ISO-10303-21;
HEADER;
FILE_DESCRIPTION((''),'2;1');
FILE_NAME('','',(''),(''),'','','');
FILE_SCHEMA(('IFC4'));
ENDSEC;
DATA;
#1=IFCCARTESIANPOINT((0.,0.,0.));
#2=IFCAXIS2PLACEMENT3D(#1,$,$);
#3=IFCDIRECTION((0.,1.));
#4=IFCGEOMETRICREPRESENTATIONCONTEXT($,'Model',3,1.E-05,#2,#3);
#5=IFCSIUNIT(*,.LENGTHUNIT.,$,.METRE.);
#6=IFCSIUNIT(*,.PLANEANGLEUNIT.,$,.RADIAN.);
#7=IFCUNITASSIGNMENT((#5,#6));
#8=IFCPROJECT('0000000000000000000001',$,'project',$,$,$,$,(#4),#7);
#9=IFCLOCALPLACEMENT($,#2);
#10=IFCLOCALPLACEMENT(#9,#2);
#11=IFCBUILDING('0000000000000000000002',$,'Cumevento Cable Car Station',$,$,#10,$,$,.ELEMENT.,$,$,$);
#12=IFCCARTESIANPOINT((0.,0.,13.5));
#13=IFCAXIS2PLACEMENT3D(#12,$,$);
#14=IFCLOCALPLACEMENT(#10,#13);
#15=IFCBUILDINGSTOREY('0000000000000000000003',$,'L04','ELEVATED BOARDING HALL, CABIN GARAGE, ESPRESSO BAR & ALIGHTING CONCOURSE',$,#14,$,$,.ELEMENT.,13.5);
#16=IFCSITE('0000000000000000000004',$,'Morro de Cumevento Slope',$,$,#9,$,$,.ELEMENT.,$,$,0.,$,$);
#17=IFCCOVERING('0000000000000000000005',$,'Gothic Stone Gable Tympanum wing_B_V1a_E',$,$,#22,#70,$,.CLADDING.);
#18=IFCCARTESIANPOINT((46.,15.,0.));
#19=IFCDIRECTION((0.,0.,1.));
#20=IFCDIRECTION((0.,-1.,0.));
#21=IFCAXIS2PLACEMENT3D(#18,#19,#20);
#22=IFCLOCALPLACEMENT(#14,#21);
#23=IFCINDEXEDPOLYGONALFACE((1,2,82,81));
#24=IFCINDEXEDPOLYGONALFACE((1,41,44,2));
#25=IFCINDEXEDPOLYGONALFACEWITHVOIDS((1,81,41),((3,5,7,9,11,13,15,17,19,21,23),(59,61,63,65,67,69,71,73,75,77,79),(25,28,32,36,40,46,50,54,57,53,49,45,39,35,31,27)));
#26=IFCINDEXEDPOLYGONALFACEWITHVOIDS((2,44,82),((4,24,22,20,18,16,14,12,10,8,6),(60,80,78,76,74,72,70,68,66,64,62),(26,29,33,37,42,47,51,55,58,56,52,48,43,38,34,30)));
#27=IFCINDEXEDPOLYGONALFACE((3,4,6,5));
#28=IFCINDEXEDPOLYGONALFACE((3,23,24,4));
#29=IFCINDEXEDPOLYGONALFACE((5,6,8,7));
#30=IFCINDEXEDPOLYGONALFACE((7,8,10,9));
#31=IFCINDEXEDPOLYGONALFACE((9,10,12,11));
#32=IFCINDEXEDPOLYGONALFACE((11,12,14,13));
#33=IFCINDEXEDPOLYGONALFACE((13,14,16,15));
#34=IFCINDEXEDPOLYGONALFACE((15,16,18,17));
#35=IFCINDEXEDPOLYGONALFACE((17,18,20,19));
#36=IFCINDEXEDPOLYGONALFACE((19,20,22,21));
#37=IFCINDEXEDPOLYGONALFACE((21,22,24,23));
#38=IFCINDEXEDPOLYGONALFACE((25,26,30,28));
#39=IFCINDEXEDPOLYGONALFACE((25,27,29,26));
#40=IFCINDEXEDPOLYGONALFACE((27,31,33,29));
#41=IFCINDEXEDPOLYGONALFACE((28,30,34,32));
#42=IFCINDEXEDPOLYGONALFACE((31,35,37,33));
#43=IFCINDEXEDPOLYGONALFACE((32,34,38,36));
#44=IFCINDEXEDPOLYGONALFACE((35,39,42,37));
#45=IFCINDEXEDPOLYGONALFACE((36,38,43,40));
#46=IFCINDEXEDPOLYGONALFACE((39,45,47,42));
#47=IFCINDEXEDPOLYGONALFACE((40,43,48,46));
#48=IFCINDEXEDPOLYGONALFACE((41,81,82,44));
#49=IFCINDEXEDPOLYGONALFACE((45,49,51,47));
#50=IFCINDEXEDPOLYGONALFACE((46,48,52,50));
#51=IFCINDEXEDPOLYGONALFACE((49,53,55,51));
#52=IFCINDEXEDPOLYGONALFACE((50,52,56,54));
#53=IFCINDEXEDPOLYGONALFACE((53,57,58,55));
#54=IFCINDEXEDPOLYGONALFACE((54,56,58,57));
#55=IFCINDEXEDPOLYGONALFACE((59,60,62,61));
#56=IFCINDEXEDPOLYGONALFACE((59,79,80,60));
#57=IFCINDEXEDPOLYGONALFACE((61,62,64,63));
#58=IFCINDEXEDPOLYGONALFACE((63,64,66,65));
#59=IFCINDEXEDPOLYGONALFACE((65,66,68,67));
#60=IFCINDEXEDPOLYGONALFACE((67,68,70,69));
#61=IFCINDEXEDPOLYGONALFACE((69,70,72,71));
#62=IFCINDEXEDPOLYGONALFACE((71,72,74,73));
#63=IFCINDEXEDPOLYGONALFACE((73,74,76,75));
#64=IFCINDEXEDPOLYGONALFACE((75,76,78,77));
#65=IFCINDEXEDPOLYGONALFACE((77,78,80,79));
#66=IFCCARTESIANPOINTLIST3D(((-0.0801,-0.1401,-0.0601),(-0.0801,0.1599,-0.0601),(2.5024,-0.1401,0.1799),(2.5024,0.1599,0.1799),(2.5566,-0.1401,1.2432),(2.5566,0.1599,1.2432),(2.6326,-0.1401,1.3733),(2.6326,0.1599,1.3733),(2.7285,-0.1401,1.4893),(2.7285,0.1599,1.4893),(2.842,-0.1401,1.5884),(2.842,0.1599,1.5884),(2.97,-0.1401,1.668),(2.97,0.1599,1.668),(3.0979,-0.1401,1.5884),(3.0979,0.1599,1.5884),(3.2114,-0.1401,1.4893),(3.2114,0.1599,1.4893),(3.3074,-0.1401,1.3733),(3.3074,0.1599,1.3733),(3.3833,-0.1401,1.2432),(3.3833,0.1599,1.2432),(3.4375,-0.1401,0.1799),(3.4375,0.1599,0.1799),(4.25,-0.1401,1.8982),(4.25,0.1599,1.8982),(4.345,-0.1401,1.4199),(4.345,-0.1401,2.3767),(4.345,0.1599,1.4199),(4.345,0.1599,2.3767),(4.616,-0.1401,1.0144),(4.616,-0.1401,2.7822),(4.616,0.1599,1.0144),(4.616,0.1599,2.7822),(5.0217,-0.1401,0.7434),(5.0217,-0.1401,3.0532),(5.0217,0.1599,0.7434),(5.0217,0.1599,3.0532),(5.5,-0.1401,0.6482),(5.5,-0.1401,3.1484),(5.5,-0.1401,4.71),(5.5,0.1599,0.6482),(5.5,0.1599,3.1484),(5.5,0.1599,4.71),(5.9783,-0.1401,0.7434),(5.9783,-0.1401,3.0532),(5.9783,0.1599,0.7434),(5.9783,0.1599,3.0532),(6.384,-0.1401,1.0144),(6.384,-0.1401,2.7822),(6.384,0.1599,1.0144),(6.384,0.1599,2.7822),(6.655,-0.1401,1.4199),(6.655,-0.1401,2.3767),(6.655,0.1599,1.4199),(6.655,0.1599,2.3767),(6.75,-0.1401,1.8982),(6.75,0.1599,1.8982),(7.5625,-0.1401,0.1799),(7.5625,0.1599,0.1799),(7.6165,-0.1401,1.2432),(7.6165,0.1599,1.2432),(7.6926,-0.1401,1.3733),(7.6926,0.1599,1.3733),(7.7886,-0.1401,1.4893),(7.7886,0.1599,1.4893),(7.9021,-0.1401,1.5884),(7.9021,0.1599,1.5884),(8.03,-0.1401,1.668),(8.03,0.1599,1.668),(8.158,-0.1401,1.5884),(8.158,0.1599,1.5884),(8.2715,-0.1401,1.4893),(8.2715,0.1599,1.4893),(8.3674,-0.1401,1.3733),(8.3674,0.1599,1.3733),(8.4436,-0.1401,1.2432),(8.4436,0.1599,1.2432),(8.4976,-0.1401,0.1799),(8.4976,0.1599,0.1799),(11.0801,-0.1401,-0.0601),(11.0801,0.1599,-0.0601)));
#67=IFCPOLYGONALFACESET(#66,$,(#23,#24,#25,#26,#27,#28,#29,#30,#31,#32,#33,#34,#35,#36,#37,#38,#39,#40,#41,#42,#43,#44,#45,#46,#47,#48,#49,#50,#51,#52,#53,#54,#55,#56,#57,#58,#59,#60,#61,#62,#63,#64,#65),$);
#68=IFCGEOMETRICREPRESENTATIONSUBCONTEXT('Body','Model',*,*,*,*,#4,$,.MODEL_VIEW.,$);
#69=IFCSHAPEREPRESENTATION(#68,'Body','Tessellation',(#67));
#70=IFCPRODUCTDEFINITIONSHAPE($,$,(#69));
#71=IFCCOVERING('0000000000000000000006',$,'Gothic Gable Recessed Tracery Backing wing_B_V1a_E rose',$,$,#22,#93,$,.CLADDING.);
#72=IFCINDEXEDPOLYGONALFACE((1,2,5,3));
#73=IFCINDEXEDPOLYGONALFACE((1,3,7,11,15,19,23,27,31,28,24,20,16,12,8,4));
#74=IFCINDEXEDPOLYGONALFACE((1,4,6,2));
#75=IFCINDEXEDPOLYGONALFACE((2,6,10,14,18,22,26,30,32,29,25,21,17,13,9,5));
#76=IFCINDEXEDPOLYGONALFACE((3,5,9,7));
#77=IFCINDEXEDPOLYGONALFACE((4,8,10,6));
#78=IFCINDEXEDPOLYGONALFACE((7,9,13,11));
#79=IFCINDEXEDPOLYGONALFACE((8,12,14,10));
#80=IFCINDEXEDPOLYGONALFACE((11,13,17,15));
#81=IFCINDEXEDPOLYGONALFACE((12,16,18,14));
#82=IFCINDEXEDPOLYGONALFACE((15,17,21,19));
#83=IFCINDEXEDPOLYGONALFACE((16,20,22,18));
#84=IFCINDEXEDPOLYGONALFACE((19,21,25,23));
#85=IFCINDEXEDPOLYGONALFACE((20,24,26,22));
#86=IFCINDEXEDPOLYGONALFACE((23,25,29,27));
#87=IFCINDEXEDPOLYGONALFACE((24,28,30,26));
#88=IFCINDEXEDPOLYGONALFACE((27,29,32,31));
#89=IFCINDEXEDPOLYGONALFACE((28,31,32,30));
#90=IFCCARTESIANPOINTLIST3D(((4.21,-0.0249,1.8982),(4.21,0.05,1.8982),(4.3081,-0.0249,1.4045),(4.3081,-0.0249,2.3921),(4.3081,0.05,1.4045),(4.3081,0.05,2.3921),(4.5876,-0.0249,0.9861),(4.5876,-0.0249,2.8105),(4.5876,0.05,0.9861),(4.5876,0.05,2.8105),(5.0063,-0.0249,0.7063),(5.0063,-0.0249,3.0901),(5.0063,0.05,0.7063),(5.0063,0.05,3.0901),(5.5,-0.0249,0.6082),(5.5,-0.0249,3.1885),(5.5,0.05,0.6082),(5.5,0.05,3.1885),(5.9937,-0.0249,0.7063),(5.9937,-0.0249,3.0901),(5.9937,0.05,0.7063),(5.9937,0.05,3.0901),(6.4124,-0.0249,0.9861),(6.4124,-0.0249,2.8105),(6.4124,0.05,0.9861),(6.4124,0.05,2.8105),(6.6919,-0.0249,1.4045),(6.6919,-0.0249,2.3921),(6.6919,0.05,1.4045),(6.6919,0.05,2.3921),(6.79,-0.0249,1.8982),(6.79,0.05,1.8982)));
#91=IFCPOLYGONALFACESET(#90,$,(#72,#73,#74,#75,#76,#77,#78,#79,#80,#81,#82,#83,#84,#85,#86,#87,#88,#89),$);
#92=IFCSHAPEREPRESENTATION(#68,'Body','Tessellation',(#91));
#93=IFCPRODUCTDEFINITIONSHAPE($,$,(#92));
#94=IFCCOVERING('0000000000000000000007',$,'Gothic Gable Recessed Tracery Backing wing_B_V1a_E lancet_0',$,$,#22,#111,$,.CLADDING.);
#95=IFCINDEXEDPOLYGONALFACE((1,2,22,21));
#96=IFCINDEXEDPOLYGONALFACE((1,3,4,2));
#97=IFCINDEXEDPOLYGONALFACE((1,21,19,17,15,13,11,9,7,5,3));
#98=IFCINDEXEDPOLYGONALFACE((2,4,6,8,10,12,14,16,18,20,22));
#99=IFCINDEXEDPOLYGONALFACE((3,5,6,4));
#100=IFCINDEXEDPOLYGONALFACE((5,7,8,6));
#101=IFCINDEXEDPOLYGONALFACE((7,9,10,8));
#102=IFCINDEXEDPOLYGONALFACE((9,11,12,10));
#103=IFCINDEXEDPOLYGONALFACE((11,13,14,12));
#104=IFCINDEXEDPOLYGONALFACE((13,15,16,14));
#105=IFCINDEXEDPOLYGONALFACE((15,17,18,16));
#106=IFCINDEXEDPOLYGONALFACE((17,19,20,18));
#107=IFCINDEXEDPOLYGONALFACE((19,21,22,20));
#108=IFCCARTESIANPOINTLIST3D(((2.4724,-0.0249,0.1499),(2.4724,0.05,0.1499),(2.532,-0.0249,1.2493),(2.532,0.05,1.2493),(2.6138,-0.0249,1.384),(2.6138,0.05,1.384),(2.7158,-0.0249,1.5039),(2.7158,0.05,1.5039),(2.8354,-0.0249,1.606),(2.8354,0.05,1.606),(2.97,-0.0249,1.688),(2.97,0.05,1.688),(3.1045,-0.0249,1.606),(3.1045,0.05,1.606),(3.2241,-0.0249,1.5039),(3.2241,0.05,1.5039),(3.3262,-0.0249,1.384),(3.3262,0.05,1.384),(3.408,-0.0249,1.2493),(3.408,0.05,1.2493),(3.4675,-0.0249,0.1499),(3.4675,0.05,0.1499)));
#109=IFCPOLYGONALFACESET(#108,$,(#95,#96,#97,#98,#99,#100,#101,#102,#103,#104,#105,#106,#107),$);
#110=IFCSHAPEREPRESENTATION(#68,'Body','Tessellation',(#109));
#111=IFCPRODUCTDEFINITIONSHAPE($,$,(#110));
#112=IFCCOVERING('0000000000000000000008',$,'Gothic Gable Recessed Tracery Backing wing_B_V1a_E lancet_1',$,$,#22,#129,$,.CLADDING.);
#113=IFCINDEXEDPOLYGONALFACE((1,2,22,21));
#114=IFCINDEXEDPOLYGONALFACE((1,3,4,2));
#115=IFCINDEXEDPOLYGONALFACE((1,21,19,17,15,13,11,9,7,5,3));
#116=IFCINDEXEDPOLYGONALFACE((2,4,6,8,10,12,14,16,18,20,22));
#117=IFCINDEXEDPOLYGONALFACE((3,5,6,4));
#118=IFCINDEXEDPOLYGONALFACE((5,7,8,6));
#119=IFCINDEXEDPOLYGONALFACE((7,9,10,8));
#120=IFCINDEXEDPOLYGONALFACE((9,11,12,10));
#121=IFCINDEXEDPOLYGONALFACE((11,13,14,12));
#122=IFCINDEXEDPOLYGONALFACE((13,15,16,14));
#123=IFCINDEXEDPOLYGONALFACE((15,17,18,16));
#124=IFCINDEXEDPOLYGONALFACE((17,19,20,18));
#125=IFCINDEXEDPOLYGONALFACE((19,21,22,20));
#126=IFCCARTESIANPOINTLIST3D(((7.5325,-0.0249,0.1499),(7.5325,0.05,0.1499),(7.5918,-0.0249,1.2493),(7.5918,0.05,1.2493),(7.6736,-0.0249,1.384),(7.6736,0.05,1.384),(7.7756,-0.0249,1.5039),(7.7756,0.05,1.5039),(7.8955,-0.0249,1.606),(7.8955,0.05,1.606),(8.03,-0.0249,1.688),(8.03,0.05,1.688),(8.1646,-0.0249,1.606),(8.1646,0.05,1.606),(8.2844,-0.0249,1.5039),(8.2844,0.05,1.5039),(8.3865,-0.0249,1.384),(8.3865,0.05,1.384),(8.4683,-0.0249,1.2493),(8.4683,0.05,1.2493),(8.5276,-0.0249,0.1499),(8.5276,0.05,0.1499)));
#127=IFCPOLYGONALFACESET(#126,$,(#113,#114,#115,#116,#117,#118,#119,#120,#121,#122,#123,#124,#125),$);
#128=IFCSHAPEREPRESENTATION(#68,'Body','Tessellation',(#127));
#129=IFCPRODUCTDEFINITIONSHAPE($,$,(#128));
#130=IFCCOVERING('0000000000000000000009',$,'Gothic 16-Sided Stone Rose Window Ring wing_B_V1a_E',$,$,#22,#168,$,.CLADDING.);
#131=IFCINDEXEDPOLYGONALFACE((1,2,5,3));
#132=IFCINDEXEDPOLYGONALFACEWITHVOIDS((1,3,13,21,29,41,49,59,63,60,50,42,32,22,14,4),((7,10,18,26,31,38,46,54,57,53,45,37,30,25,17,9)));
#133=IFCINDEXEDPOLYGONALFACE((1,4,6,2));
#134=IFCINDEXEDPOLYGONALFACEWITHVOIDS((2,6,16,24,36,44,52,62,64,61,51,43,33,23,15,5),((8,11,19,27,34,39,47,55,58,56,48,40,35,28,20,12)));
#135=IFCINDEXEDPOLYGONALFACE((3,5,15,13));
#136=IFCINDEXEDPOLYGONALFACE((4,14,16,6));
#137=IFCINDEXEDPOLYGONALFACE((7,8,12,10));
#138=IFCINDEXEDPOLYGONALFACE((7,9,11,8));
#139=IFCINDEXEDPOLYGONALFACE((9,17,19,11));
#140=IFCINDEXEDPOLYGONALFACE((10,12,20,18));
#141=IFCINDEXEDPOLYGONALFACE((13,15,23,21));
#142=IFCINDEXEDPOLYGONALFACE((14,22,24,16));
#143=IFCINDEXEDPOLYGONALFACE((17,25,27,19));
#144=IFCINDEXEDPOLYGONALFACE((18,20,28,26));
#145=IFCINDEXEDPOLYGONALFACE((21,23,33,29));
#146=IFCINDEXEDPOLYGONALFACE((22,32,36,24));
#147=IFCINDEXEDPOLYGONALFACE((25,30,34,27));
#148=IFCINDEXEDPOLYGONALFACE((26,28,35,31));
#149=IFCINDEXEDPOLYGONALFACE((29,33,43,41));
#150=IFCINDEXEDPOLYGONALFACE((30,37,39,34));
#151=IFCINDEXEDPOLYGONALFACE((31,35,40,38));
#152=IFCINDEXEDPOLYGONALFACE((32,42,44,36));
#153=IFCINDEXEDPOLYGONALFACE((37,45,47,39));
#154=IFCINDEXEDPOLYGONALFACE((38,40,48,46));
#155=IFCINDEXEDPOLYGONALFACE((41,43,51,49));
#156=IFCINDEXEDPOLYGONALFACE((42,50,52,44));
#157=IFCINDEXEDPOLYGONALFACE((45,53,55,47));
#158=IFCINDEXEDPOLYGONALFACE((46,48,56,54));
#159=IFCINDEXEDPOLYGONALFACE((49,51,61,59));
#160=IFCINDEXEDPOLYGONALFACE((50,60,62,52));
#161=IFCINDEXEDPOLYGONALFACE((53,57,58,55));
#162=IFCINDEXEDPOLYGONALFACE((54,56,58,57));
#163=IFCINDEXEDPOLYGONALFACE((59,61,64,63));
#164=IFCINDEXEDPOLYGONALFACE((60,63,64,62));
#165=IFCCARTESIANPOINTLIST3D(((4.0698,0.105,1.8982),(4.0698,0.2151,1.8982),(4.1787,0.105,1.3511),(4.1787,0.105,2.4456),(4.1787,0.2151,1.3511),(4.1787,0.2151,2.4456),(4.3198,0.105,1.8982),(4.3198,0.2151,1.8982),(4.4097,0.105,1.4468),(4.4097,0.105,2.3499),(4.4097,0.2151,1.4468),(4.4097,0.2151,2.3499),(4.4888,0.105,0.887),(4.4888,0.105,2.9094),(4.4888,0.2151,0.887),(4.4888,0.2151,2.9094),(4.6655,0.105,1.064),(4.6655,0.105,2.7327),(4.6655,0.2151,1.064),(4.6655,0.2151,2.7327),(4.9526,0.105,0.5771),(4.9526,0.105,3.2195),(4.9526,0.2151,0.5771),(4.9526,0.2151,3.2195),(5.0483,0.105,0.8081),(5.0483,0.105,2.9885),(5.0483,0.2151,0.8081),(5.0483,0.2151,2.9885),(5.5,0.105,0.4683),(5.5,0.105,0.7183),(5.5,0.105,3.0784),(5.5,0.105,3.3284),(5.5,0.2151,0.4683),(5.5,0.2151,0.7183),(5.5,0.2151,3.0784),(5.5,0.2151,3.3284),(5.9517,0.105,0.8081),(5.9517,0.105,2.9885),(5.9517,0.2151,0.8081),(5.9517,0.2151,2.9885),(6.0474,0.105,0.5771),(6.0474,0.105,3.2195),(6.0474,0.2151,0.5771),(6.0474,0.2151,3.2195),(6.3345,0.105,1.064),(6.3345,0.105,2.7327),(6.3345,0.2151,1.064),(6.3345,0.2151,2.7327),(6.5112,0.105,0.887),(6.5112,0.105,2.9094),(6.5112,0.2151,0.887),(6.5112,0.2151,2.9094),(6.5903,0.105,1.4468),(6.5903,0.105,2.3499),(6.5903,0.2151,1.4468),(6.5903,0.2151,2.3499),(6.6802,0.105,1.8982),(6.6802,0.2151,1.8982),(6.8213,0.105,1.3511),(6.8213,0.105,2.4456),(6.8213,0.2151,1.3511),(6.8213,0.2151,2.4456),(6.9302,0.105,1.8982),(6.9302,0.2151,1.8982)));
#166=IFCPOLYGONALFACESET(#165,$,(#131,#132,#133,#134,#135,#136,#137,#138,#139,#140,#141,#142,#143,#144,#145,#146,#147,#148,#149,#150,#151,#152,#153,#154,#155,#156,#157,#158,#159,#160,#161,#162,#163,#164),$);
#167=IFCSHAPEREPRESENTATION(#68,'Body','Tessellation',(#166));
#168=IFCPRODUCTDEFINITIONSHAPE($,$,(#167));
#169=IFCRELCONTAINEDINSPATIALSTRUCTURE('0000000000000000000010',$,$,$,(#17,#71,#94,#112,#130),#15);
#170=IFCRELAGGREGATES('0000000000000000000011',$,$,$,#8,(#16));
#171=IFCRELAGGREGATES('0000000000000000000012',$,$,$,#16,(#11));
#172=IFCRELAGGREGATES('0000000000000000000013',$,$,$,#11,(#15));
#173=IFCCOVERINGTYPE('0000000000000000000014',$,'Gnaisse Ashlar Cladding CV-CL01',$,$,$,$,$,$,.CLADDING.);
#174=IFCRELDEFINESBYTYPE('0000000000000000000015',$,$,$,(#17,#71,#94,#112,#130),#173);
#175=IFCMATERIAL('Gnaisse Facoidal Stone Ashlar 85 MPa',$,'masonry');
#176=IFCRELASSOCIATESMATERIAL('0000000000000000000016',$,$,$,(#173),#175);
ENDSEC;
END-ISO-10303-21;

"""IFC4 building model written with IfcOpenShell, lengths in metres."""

from ifc_helpers import new_model, si_unit, direction, frame, origin, place, context, subcontext, project, spatial, polyline, outline, extrude, material, type_object, element, save


model = new_model("IFC4")

# Units and contexts
model_context = context("Model", 3, precision=1e-05, world=origin(), true_north=direction((0.0, 1.0)))
body_context = subcontext(model_context, "Body", "Model", "MODEL_VIEW")
ifc_project = project(units=[si_unit("LENGTHUNIT", "METRE"), si_unit("PLANEANGLEUNIT", "RADIAN")], contexts=[model_context])

# Site, building, storey
site_placement = place(None, origin())
site = spatial("IfcSite", under=ifc_project, at=site_placement, Name="Morro de Cumevento Slope", CompositionType="ELEMENT", RefElevation=0.0)
building_placement = place(site_placement, origin())
building = spatial("IfcBuilding", under=site, at=building_placement, Name="Cumevento Cable Car Station", CompositionType="ELEMENT")
storey_placement = place(building_placement, frame((0.0, 0.0, 13.5)))
storey = spatial("IfcBuildingStorey", under=building, at=storey_placement, Name="L04", Description="ELEVATED BOARDING HALL, CABIN GARAGE, ESPRESSO BAR & ALIGHTING CONCOURSE", CompositionType="ELEMENT", Elevation=13.5)

# Coverings
ifc_material_1 = material(Name="Gnaisse Facoidal Stone Ashlar 85 MPa", Category="masonry")
covering_type = type_object("IfcCoveringType", Name="Gnaisse Ashlar Cladding CV-CL01", PredefinedType="CLADDING", material=ifc_material_1)
placement = place(storey_placement, frame((46.0, 15.0, 0.0), z_axis=(0.0, 0.0, 1.0), x_axis=(0.0, -1.0, 0.0)))
element("IfcCovering", 1, at=placement, inside=storey, type_object=covering_type, Name="Gothic Stone Gable Tympanum wing_B_V1a_E", PredefinedType="CLADDING", context=body_context, shape_type="SweptSolid", body=[
    extrude(outline(polyline([(-0.0801, -0.0601), (11.0801, -0.0601), (5.5, 4.71), (-0.0801, -0.0601)]), holes=[polyline([(6.75, 1.8982), (6.655, 2.3767), (6.384, 2.7822), (5.9783, 3.0532), (5.5, 3.1484), (5.0217, 3.0532), (4.616, 2.7822), (4.345, 2.3767), (4.25, 1.8982), (4.345, 1.4199), (4.616, 1.0144), (5.0217, 0.7434), (5.5, 0.6482), (5.9783, 0.7434), (6.384, 1.0144), (6.655, 1.4199), (6.75, 1.8982)]), polyline([(2.5024, 0.1799), (3.4375, 0.1799), (3.3833, 1.2432), (3.3074, 1.3733), (3.2114, 1.4893), (3.0979, 1.5884), (2.97, 1.668), (2.842, 1.5884), (2.7285, 1.4893), (2.6326, 1.3733), (2.5566, 1.2432), (2.5024, 0.1799)]), polyline([(7.5625, 0.1799), (8.4976, 0.1799), (8.4436, 1.2432), (8.3674, 1.3733), (8.2715, 1.4893), (8.158, 1.5884), (8.03, 1.668), (7.9021, 1.5884), (7.7886, 1.4893), (7.6926, 1.3733), (7.6165, 1.2432), (7.5625, 0.1799)])]), frame((0.0, 0.1599, 0.0), z_axis=(0.0, -1.0, 0.0), x_axis=(1.0, 0.0, 0.0)), (0.0, 0.0, 1.0), 0.3),
])
element("IfcCovering", 2, at=placement, inside=storey, type_object=covering_type, Name="Gothic Gable Recessed Tracery Backing wing_B_V1a_E rose", PredefinedType="CLADDING", context=body_context, shape_type="SweptSolid", body=[
    extrude(outline(polyline([(6.79, 1.8982), (6.6919, 2.3921), (6.4124, 2.8105), (5.9937, 3.0901), (5.5, 3.1885), (5.0063, 3.0901), (4.5876, 2.8105), (4.3081, 2.3921), (4.21, 1.8982), (4.3081, 1.4045), (4.5876, 0.9861), (5.0063, 0.7063), (5.5, 0.6082), (5.9937, 0.7063), (6.4124, 0.9861), (6.6919, 1.4045), (6.79, 1.8982)])), frame((0.0, 0.05, 0.0), z_axis=(0.0, -1.0, 0.0), x_axis=(1.0, 0.0, 0.0)), (0.0, 0.0, 1.0), 0.075),
])
element("IfcCovering", 3, at=placement, inside=storey, type_object=covering_type, Name="Gothic Gable Recessed Tracery Backing wing_B_V1a_E lancet_0", PredefinedType="CLADDING", context=body_context, shape_type="SweptSolid", body=[
    extrude(outline(polyline([(2.4724, 0.1499), (3.4675, 0.1499), (3.408, 1.2493), (3.3262, 1.384), (3.2241, 1.5039), (3.1045, 1.606), (2.97, 1.688), (2.8354, 1.606), (2.7158, 1.5039), (2.6138, 1.384), (2.532, 1.2493), (2.4724, 0.1499)])), frame((0.0, 0.05, 0.0), z_axis=(0.0, -1.0, 0.0), x_axis=(1.0, 0.0, 0.0)), (0.0, 0.0, 1.0), 0.075),
])
element("IfcCovering", 4, at=placement, inside=storey, type_object=covering_type, Name="Gothic Gable Recessed Tracery Backing wing_B_V1a_E lancet_1", PredefinedType="CLADDING", context=body_context, shape_type="SweptSolid", body=[
    extrude(outline(polyline([(7.5325, 0.1499), (8.5276, 0.1499), (8.4683, 1.2493), (8.3865, 1.384), (8.2844, 1.5039), (8.1646, 1.606), (8.03, 1.688), (7.8955, 1.606), (7.7756, 1.5039), (7.6736, 1.384), (7.5918, 1.2493), (7.5325, 0.1499)])), frame((0.0, 0.05, 0.0), z_axis=(0.0, -1.0, 0.0), x_axis=(1.0, 0.0, 0.0)), (0.0, 0.0, 1.0), 0.075),
])
element("IfcCovering", 5, at=placement, inside=storey, type_object=covering_type, Name="Gothic 16-Sided Stone Rose Window Ring wing_B_V1a_E", PredefinedType="CLADDING", context=body_context, shape_type="SweptSolid", body=[
    extrude(outline(polyline([(6.9302, 1.8982), (6.8213, 2.4456), (6.5112, 2.9094), (6.0474, 3.2195), (5.5, 3.3284), (4.9526, 3.2195), (4.4888, 2.9094), (4.1787, 2.4456), (4.0698, 1.8982), (4.1787, 1.3511), (4.4888, 0.887), (4.9526, 0.5771), (5.5, 0.4683), (6.0474, 0.5771), (6.5112, 0.887), (6.8213, 1.3511), (6.9302, 1.8982)]), holes=[polyline([(6.6802, 1.8982), (6.5903, 2.3499), (6.3345, 2.7327), (5.9517, 2.9885), (5.5, 3.0784), (5.0483, 2.9885), (4.6655, 2.7327), (4.4097, 2.3499), (4.3198, 1.8982), (4.4097, 1.4468), (4.6655, 1.064), (5.0483, 0.8081), (5.5, 0.7183), (5.9517, 0.8081), (6.3345, 1.064), (6.5903, 1.4468), (6.6802, 1.8982)])]), frame((0.0, 0.2151, 0.0), z_axis=(0.0, -1.0, 0.0), x_axis=(1.0, 0.0, 0.0)), (0.0, 0.0, 1.0), 0.1101),
])

save(model, "model.ifc")
